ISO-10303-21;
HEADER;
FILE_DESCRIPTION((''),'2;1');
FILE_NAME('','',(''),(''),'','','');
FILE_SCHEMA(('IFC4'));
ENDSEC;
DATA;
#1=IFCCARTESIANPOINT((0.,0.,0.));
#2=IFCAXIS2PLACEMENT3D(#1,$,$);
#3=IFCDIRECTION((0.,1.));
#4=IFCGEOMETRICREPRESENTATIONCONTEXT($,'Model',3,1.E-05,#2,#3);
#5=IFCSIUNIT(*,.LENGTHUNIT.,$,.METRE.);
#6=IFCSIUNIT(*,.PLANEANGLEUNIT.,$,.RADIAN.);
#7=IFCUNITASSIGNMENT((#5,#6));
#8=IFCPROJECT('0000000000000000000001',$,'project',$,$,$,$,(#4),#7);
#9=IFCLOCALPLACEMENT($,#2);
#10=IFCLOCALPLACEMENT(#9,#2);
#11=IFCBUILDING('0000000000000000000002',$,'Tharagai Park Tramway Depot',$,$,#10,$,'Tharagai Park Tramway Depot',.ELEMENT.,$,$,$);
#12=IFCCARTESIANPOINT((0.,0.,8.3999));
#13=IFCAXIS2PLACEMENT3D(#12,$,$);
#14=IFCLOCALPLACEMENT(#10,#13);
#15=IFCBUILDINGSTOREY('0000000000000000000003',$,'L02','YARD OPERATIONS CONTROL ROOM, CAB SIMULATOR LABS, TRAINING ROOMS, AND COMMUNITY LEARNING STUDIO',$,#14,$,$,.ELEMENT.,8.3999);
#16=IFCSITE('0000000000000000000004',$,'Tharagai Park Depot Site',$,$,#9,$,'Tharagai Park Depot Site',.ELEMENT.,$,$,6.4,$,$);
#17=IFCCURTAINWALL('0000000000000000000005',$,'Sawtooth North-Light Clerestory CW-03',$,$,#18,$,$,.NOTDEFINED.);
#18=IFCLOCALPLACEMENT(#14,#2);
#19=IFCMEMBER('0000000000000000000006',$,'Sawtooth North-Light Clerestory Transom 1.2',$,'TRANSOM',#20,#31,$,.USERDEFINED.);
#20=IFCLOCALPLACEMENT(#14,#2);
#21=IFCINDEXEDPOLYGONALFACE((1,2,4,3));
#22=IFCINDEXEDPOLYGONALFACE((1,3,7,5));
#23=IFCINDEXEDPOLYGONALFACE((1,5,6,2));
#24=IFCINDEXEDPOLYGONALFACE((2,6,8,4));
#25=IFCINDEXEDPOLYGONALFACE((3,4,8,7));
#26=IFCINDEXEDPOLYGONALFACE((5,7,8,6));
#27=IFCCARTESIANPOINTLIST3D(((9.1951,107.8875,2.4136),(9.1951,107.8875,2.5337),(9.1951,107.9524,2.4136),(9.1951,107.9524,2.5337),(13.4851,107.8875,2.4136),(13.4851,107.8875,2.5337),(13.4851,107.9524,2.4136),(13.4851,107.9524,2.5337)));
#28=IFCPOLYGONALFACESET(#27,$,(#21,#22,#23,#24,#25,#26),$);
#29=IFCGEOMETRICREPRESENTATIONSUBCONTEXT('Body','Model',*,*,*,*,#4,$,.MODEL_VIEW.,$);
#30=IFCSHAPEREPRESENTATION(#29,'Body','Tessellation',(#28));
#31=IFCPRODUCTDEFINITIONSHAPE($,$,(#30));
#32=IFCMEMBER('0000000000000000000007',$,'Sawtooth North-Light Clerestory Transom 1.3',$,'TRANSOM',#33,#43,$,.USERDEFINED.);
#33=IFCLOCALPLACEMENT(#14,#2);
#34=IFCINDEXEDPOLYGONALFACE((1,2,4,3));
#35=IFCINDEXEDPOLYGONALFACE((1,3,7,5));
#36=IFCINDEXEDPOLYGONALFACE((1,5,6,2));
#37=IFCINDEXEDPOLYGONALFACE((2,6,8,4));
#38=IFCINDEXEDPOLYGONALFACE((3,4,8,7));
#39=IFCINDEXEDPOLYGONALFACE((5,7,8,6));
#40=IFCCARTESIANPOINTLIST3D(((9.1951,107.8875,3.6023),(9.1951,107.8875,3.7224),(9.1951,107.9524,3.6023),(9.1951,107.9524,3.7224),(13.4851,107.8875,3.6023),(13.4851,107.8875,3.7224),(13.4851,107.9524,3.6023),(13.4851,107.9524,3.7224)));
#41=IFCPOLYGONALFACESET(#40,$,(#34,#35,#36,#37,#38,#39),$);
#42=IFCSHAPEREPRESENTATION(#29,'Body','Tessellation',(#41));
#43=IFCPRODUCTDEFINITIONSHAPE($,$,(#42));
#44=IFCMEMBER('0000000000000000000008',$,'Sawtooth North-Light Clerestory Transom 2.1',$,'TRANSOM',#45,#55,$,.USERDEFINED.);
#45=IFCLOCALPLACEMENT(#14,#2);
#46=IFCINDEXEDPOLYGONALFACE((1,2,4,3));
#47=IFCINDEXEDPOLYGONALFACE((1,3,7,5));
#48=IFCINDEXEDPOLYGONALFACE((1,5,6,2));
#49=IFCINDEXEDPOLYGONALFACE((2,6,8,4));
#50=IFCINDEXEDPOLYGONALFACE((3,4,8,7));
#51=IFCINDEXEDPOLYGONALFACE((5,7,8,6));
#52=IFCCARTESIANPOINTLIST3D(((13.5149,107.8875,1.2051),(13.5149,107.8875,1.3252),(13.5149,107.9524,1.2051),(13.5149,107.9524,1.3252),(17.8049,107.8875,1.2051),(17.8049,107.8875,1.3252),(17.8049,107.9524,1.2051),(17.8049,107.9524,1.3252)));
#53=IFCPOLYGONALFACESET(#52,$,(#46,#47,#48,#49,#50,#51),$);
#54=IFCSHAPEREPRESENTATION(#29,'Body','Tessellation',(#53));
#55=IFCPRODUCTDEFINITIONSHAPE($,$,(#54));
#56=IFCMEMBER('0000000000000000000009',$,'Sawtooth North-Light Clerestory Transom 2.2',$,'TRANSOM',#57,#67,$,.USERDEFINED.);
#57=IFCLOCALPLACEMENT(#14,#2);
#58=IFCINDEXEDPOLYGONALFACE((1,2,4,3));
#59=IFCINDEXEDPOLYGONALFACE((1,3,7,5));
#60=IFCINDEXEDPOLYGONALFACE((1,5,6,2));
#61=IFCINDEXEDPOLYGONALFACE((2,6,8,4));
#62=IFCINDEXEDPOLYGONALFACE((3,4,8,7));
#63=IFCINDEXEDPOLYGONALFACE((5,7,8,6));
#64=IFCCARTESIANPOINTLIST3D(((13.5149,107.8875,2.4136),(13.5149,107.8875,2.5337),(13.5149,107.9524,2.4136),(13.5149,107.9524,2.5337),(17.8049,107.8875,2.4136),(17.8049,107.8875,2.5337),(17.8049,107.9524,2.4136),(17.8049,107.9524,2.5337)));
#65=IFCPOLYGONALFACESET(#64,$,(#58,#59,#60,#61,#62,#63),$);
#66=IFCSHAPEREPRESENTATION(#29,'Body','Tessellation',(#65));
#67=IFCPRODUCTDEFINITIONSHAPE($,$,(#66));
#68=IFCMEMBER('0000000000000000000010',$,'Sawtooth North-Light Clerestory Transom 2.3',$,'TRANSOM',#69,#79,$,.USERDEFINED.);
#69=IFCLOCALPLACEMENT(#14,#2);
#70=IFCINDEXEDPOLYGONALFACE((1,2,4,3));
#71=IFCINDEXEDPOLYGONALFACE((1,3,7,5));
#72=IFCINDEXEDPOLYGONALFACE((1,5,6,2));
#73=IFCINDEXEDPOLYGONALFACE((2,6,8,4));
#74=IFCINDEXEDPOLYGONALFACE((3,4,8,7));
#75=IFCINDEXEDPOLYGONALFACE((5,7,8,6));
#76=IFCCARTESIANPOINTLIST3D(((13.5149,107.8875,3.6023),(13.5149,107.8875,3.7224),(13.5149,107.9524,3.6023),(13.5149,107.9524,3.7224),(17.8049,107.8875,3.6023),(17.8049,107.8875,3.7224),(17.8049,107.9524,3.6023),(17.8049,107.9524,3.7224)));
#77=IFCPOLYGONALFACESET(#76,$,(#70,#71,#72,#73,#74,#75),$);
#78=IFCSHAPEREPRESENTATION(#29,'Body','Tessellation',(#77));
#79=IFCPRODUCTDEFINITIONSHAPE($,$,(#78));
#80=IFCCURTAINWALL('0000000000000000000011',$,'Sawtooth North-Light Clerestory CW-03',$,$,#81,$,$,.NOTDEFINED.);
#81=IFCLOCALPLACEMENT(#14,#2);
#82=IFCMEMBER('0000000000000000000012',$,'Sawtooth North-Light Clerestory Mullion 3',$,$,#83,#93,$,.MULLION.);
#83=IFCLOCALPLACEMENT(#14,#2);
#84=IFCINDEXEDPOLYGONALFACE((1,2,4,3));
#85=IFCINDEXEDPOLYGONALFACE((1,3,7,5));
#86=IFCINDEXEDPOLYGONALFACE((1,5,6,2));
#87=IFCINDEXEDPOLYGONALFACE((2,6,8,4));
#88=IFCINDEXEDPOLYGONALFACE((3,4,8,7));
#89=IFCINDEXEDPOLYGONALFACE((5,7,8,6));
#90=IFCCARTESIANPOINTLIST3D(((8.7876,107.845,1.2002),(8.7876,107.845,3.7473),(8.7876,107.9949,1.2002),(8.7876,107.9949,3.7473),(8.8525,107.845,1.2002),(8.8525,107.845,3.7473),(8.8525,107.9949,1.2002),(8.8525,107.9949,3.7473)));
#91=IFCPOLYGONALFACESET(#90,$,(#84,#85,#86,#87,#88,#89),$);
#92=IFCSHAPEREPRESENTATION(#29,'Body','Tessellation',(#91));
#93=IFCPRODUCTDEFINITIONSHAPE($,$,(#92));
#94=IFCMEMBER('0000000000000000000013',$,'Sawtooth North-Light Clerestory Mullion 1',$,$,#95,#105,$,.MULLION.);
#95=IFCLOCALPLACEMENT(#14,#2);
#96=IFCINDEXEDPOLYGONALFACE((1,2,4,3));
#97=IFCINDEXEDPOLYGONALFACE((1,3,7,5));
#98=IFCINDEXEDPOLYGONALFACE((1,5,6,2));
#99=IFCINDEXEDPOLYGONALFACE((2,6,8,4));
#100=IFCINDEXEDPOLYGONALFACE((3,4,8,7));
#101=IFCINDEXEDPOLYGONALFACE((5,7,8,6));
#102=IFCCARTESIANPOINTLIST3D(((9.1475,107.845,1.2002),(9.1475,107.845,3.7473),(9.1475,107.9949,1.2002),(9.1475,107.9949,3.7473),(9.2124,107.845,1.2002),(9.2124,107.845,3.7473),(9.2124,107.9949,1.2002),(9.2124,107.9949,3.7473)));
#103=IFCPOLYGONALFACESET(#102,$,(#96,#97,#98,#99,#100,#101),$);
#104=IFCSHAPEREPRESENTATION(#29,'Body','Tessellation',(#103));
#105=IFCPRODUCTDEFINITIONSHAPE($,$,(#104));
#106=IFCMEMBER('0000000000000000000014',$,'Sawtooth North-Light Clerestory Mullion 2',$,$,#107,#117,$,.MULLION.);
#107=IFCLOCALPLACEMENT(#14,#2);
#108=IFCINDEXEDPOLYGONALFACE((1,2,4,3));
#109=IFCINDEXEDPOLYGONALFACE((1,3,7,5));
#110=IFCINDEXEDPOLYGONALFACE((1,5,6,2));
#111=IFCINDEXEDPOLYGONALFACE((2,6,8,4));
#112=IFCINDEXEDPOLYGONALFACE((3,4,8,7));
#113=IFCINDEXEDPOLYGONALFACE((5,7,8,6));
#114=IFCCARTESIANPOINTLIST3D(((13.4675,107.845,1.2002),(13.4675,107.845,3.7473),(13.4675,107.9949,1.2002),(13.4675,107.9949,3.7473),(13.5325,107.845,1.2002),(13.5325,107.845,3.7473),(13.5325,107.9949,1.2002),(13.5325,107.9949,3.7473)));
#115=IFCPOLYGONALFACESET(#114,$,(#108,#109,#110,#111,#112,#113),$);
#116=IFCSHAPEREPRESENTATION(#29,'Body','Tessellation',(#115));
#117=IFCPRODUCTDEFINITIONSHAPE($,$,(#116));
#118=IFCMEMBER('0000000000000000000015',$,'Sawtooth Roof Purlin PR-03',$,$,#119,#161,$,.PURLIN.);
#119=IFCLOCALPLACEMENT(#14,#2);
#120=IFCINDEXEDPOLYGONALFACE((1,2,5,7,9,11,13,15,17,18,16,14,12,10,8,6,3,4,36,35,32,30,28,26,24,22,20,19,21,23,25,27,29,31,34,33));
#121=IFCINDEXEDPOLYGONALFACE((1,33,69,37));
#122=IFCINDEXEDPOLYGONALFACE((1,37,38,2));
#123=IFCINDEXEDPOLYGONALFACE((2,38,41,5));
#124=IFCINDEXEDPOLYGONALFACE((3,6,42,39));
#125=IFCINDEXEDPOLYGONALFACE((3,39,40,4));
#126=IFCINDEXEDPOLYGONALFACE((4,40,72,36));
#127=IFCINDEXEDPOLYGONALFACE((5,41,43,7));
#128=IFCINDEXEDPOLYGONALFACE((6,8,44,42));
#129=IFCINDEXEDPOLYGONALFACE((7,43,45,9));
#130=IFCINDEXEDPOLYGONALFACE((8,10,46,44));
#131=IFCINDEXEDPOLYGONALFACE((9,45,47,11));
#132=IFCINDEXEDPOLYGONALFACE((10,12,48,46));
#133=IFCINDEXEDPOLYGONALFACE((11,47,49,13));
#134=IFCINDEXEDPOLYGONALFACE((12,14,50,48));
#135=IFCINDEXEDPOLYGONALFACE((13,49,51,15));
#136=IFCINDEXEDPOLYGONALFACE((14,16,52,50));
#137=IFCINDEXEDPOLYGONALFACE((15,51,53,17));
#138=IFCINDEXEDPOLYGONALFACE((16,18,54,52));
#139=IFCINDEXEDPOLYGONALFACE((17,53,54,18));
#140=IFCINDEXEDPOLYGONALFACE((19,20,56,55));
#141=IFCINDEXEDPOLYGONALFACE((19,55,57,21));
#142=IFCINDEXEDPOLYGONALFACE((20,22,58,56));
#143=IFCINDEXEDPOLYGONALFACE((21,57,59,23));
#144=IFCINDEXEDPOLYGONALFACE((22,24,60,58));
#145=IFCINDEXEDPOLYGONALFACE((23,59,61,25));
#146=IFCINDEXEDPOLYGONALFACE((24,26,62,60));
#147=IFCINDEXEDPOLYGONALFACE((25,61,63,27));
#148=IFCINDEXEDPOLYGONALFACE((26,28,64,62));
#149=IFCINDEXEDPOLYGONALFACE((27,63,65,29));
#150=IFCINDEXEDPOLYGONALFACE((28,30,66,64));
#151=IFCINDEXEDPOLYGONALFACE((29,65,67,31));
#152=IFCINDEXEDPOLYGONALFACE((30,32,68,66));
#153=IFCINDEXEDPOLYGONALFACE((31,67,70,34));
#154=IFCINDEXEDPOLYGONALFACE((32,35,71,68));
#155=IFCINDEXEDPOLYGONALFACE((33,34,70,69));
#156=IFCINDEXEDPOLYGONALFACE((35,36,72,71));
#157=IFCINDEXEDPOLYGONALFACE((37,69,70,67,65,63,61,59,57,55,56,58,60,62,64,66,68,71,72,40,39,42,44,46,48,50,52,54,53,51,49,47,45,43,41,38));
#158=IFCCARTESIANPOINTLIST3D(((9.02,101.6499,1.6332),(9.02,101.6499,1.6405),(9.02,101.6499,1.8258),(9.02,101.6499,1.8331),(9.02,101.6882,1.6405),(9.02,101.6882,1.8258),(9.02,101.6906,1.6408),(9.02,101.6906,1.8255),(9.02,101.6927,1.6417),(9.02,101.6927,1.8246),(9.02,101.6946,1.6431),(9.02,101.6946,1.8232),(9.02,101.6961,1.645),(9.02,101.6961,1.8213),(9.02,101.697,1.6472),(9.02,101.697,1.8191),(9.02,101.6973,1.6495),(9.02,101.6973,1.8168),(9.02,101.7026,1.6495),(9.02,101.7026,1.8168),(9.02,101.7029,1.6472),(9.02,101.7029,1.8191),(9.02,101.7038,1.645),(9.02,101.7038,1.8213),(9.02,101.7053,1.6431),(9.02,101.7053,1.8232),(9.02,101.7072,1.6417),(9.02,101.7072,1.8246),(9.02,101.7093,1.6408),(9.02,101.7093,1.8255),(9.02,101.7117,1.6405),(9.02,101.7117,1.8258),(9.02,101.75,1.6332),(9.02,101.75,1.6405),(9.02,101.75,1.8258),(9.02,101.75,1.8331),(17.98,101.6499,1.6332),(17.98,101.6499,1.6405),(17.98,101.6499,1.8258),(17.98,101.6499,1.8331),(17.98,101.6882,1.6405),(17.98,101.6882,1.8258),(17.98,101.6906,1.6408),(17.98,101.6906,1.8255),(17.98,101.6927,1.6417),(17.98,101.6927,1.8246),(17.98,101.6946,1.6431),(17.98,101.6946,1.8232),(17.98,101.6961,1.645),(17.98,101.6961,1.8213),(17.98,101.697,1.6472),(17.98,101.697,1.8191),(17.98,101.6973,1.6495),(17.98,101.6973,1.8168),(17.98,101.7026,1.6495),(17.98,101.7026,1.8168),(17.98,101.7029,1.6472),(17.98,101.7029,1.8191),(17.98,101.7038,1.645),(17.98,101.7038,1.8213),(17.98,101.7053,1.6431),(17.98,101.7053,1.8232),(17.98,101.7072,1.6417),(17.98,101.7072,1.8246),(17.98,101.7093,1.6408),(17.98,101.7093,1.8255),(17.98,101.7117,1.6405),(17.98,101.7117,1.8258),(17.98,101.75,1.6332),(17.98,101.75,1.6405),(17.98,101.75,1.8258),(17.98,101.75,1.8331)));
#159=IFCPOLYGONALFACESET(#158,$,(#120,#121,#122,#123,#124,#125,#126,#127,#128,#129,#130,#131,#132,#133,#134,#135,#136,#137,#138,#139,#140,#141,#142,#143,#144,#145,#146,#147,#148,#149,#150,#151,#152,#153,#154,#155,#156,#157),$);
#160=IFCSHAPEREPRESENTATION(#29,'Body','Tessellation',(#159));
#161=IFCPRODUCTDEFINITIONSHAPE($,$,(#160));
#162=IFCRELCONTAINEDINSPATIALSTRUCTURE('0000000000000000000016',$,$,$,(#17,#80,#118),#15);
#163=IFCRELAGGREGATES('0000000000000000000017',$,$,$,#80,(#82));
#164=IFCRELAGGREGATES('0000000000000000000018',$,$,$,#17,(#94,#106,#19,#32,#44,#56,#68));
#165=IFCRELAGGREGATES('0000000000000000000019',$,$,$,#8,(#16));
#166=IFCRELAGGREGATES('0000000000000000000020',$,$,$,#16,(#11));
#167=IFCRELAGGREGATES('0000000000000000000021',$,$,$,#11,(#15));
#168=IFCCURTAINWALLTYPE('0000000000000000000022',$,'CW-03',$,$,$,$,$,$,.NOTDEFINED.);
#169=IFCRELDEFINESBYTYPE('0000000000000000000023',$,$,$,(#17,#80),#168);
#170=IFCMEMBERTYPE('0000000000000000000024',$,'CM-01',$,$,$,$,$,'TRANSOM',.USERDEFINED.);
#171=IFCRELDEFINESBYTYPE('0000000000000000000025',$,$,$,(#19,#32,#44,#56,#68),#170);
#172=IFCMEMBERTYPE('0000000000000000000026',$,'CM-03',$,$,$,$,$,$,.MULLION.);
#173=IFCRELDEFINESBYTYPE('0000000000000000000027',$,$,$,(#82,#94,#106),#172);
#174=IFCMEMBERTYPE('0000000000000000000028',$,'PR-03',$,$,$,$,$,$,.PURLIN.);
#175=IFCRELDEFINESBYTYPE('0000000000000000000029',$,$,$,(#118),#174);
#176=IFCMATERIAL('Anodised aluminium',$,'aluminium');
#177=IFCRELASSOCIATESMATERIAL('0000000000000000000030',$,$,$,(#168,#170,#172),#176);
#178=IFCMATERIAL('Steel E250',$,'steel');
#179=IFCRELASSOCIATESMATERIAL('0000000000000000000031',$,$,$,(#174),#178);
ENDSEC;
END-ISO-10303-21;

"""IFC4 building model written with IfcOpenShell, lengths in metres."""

from ifc_helpers import new_model, si_unit, direction, frame, origin, origin_2d, place, context, subcontext, project, spatial, rectangle, i_section, extrude, material, material_profile, profile_set, type_object, element, aggregate, save


model = new_model("IFC4")

# Units and contexts
model_context = context("Model", 3, precision=1e-05, world=origin(), true_north=direction((0.0, 1.0)))
body_context = subcontext(model_context, "Body", "Model", "MODEL_VIEW")
ifc_project = project(units=[si_unit("LENGTHUNIT", "METRE"), si_unit("PLANEANGLEUNIT", "RADIAN")], contexts=[model_context])

# Site, building, storey
site_placement = place(None, origin())
site = spatial("IfcSite", under=ifc_project, at=site_placement, Name="Tharagai Park Depot Site", LongName="Tharagai Park Depot Site", CompositionType="ELEMENT", RefElevation=6.4)
building_placement = place(site_placement, origin())
building = spatial("IfcBuilding", under=site, at=building_placement, Name="Tharagai Park Tramway Depot", LongName="Tharagai Park Tramway Depot", CompositionType="ELEMENT")
storey_placement = place(building_placement, frame((0.0, 0.0, 8.3999)))
storey = spatial("IfcBuildingStorey", under=building, at=storey_placement, Name="L02", Description="YARD OPERATIONS CONTROL ROOM, CAB SIMULATOR LABS, TRAINING ROOMS, AND COMMUNITY LEARNING STUDIO", CompositionType="ELEMENT", Elevation=8.3999)

# Shared definitions
ifc_material_1 = material(Name="Steel E250", Category="steel")

# Curtain wall, members
ifc_material_2 = material(Name="Anodised aluminium", Category="aluminium")
curtain_wall_type = type_object("IfcCurtainWallType", Name="CW-03", PredefinedType="NOTDEFINED", material=ifc_material_2)
curtain_wall_1_placement = place(storey_placement, origin())
curtain_wall_1 = element("IfcCurtainWall", 1, at=curtain_wall_1_placement, inside=storey, type_object=curtain_wall_type, Name="Sawtooth North-Light Clerestory CW-03", PredefinedType="NOTDEFINED")
ifc_material_profile_1 = material_profile(ifc_material_2, rectangle(XDim=0.0649, YDim=0.1201, at=origin_2d()), Name="ALU 65x120")
ifc_profile_set_1 = profile_set([ifc_material_profile_1], Name="Anodised aluminium")
member_type_1 = type_object("IfcMemberType", Name="CM-01", ElementType="TRANSOM", PredefinedType="USERDEFINED", material=ifc_profile_set_1)
member_1_placement = place(storey_placement, frame((9.1951, 107.9199, 2.4736), z_axis=(1.0, 0.0, 0.0), x_axis=(0.0, 1.0, 0.0)))
member_1 = element("IfcMember", 2, at=member_1_placement, type_object=member_type_1, Name="Sawtooth North-Light Clerestory Transom 1.2", ObjectType="TRANSOM", PredefinedType="USERDEFINED", context=body_context, shape_type="SweptSolid", body=[
    extrude(rectangle(XDim=0.0649, YDim=0.1201, at=origin_2d()), origin(), (0.0, 0.0, 1.0), 4.29),
])
member_2_placement = place(storey_placement, frame((9.1951, 107.9199, 3.6624), z_axis=(1.0, 0.0, 0.0), x_axis=(0.0, 1.0, 0.0)))
member_2 = element("IfcMember", 3, at=member_2_placement, type_object=member_type_1, Name="Sawtooth North-Light Clerestory Transom 1.3", ObjectType="TRANSOM", PredefinedType="USERDEFINED", context=body_context, shape_type="SweptSolid", body=[
    extrude(rectangle(XDim=0.0649, YDim=0.1201, at=origin_2d()), origin(), (0.0, 0.0, 1.0), 4.29),
])
member_3_placement = place(storey_placement, frame((13.5149, 107.9199, 1.2651), z_axis=(1.0, 0.0, 0.0), x_axis=(0.0, 1.0, 0.0)))
member_3 = element("IfcMember", 4, at=member_3_placement, type_object=member_type_1, Name="Sawtooth North-Light Clerestory Transom 2.1", ObjectType="TRANSOM", PredefinedType="USERDEFINED", context=body_context, shape_type="SweptSolid", body=[
    extrude(rectangle(XDim=0.0649, YDim=0.1201, at=origin_2d()), origin(), (0.0, 0.0, 1.0), 4.29),
])
member_4_placement = place(storey_placement, frame((13.5149, 107.9199, 2.4736), z_axis=(1.0, 0.0, 0.0), x_axis=(0.0, 1.0, 0.0)))
member_4 = element("IfcMember", 5, at=member_4_placement, type_object=member_type_1, Name="Sawtooth North-Light Clerestory Transom 2.2", ObjectType="TRANSOM", PredefinedType="USERDEFINED", context=body_context, shape_type="SweptSolid", body=[
    extrude(rectangle(XDim=0.0649, YDim=0.1201, at=origin_2d()), origin(), (0.0, 0.0, 1.0), 4.29),
])
member_5_placement = place(storey_placement, frame((13.5149, 107.9199, 3.6624), z_axis=(1.0, 0.0, 0.0), x_axis=(0.0, 1.0, 0.0)))
member_5 = element("IfcMember", 6, at=member_5_placement, type_object=member_type_1, Name="Sawtooth North-Light Clerestory Transom 2.3", ObjectType="TRANSOM", PredefinedType="USERDEFINED", context=body_context, shape_type="SweptSolid", body=[
    extrude(rectangle(XDim=0.0649, YDim=0.1201, at=origin_2d()), origin(), (0.0, 0.0, 1.0), 4.29),
])

# Curtain wall, member
curtain_wall_2_placement = place(storey_placement, origin())
curtain_wall_2 = element("IfcCurtainWall", 7, at=curtain_wall_2_placement, inside=storey, type_object=curtain_wall_type, Name="Sawtooth North-Light Clerestory CW-03", PredefinedType="NOTDEFINED")
ifc_material_profile_2 = material_profile(ifc_material_2, rectangle(XDim=0.0649, YDim=0.1499, at=origin_2d()), Name="ALU 65x150")
ifc_profile_set_2 = profile_set([ifc_material_profile_2], Name="Anodised aluminium")
member_type_2 = type_object("IfcMemberType", Name="CM-03", PredefinedType="MULLION", material=ifc_profile_set_2)
member_6_placement = place(storey_placement, frame((8.8201, 107.9199, 1.2002), z_axis=(0.0, 0.0, 1.0), x_axis=(1.0, 0.0, 0.0)))
member_6 = element("IfcMember", 8, at=member_6_placement, type_object=member_type_2, Name="Sawtooth North-Light Clerestory Mullion 3", PredefinedType="MULLION", context=body_context, shape_type="SweptSolid", body=[
    extrude(rectangle(XDim=0.0649, YDim=0.1499, at=origin_2d()), origin(), (0.0, 0.0, 1.0), 2.5471),
])
aggregate(curtain_wall_2, [member_6])

# Members
member_7_placement = place(storey_placement, frame((9.1799, 107.9199, 1.2002), z_axis=(0.0, 0.0, 1.0), x_axis=(1.0, 0.0, 0.0)))
member_7 = element("IfcMember", 9, at=member_7_placement, type_object=member_type_2, Name="Sawtooth North-Light Clerestory Mullion 1", PredefinedType="MULLION", context=body_context, shape_type="SweptSolid", body=[
    extrude(rectangle(XDim=0.0649, YDim=0.1499, at=origin_2d()), origin(), (0.0, 0.0, 1.0), 2.5471),
])
member_8_placement = place(storey_placement, frame((13.5, 107.9199, 1.2002), z_axis=(0.0, 0.0, 1.0), x_axis=(1.0, 0.0, 0.0)))
member_8 = element("IfcMember", 10, at=member_8_placement, type_object=member_type_2, Name="Sawtooth North-Light Clerestory Mullion 2", PredefinedType="MULLION", context=body_context, shape_type="SweptSolid", body=[
    extrude(rectangle(XDim=0.0649, YDim=0.1499, at=origin_2d()), origin(), (0.0, 0.0, 1.0), 2.5471),
])

# Member
ifc_material_profile_3 = material_profile(ifc_material_1, i_section(OverallWidth=0.1001, OverallDepth=0.2, WebThickness=0.0054, FlangeThickness=0.0073, FilletRadius=0.009, at=origin_2d()), Name="ISLB 200")
ifc_profile_set_3 = profile_set([ifc_material_profile_3], Name="Steel E250")
member_type_3 = type_object("IfcMemberType", Name="PR-03", PredefinedType="PURLIN", material=ifc_profile_set_3)
for number, where, z_axis, x_axis, name in (
    (11, (9.02, 101.7, 1.7332), (1.0, 0.0, 0.0), (0.0, 1.0, 0.0), "Sawtooth Roof Purlin PR-03"),
):
    element("IfcMember", number, at=place(storey_placement, frame(where, z_axis=z_axis, x_axis=x_axis)), inside=storey, type_object=member_type_3, Name=name, PredefinedType="PURLIN", context=body_context, shape_type="SweptSolid", body=[
        extrude(i_section(OverallWidth=0.1001, OverallDepth=0.2, WebThickness=0.0054, FlangeThickness=0.0073, FilletRadius=0.009, at=origin_2d()), origin(), (0.0, 0.0, 1.0), 8.96),
    ])

aggregate(curtain_wall_1, [member_7, member_8, member_1, member_2, member_3, member_4, member_5])

save(model, "model.ifc")
